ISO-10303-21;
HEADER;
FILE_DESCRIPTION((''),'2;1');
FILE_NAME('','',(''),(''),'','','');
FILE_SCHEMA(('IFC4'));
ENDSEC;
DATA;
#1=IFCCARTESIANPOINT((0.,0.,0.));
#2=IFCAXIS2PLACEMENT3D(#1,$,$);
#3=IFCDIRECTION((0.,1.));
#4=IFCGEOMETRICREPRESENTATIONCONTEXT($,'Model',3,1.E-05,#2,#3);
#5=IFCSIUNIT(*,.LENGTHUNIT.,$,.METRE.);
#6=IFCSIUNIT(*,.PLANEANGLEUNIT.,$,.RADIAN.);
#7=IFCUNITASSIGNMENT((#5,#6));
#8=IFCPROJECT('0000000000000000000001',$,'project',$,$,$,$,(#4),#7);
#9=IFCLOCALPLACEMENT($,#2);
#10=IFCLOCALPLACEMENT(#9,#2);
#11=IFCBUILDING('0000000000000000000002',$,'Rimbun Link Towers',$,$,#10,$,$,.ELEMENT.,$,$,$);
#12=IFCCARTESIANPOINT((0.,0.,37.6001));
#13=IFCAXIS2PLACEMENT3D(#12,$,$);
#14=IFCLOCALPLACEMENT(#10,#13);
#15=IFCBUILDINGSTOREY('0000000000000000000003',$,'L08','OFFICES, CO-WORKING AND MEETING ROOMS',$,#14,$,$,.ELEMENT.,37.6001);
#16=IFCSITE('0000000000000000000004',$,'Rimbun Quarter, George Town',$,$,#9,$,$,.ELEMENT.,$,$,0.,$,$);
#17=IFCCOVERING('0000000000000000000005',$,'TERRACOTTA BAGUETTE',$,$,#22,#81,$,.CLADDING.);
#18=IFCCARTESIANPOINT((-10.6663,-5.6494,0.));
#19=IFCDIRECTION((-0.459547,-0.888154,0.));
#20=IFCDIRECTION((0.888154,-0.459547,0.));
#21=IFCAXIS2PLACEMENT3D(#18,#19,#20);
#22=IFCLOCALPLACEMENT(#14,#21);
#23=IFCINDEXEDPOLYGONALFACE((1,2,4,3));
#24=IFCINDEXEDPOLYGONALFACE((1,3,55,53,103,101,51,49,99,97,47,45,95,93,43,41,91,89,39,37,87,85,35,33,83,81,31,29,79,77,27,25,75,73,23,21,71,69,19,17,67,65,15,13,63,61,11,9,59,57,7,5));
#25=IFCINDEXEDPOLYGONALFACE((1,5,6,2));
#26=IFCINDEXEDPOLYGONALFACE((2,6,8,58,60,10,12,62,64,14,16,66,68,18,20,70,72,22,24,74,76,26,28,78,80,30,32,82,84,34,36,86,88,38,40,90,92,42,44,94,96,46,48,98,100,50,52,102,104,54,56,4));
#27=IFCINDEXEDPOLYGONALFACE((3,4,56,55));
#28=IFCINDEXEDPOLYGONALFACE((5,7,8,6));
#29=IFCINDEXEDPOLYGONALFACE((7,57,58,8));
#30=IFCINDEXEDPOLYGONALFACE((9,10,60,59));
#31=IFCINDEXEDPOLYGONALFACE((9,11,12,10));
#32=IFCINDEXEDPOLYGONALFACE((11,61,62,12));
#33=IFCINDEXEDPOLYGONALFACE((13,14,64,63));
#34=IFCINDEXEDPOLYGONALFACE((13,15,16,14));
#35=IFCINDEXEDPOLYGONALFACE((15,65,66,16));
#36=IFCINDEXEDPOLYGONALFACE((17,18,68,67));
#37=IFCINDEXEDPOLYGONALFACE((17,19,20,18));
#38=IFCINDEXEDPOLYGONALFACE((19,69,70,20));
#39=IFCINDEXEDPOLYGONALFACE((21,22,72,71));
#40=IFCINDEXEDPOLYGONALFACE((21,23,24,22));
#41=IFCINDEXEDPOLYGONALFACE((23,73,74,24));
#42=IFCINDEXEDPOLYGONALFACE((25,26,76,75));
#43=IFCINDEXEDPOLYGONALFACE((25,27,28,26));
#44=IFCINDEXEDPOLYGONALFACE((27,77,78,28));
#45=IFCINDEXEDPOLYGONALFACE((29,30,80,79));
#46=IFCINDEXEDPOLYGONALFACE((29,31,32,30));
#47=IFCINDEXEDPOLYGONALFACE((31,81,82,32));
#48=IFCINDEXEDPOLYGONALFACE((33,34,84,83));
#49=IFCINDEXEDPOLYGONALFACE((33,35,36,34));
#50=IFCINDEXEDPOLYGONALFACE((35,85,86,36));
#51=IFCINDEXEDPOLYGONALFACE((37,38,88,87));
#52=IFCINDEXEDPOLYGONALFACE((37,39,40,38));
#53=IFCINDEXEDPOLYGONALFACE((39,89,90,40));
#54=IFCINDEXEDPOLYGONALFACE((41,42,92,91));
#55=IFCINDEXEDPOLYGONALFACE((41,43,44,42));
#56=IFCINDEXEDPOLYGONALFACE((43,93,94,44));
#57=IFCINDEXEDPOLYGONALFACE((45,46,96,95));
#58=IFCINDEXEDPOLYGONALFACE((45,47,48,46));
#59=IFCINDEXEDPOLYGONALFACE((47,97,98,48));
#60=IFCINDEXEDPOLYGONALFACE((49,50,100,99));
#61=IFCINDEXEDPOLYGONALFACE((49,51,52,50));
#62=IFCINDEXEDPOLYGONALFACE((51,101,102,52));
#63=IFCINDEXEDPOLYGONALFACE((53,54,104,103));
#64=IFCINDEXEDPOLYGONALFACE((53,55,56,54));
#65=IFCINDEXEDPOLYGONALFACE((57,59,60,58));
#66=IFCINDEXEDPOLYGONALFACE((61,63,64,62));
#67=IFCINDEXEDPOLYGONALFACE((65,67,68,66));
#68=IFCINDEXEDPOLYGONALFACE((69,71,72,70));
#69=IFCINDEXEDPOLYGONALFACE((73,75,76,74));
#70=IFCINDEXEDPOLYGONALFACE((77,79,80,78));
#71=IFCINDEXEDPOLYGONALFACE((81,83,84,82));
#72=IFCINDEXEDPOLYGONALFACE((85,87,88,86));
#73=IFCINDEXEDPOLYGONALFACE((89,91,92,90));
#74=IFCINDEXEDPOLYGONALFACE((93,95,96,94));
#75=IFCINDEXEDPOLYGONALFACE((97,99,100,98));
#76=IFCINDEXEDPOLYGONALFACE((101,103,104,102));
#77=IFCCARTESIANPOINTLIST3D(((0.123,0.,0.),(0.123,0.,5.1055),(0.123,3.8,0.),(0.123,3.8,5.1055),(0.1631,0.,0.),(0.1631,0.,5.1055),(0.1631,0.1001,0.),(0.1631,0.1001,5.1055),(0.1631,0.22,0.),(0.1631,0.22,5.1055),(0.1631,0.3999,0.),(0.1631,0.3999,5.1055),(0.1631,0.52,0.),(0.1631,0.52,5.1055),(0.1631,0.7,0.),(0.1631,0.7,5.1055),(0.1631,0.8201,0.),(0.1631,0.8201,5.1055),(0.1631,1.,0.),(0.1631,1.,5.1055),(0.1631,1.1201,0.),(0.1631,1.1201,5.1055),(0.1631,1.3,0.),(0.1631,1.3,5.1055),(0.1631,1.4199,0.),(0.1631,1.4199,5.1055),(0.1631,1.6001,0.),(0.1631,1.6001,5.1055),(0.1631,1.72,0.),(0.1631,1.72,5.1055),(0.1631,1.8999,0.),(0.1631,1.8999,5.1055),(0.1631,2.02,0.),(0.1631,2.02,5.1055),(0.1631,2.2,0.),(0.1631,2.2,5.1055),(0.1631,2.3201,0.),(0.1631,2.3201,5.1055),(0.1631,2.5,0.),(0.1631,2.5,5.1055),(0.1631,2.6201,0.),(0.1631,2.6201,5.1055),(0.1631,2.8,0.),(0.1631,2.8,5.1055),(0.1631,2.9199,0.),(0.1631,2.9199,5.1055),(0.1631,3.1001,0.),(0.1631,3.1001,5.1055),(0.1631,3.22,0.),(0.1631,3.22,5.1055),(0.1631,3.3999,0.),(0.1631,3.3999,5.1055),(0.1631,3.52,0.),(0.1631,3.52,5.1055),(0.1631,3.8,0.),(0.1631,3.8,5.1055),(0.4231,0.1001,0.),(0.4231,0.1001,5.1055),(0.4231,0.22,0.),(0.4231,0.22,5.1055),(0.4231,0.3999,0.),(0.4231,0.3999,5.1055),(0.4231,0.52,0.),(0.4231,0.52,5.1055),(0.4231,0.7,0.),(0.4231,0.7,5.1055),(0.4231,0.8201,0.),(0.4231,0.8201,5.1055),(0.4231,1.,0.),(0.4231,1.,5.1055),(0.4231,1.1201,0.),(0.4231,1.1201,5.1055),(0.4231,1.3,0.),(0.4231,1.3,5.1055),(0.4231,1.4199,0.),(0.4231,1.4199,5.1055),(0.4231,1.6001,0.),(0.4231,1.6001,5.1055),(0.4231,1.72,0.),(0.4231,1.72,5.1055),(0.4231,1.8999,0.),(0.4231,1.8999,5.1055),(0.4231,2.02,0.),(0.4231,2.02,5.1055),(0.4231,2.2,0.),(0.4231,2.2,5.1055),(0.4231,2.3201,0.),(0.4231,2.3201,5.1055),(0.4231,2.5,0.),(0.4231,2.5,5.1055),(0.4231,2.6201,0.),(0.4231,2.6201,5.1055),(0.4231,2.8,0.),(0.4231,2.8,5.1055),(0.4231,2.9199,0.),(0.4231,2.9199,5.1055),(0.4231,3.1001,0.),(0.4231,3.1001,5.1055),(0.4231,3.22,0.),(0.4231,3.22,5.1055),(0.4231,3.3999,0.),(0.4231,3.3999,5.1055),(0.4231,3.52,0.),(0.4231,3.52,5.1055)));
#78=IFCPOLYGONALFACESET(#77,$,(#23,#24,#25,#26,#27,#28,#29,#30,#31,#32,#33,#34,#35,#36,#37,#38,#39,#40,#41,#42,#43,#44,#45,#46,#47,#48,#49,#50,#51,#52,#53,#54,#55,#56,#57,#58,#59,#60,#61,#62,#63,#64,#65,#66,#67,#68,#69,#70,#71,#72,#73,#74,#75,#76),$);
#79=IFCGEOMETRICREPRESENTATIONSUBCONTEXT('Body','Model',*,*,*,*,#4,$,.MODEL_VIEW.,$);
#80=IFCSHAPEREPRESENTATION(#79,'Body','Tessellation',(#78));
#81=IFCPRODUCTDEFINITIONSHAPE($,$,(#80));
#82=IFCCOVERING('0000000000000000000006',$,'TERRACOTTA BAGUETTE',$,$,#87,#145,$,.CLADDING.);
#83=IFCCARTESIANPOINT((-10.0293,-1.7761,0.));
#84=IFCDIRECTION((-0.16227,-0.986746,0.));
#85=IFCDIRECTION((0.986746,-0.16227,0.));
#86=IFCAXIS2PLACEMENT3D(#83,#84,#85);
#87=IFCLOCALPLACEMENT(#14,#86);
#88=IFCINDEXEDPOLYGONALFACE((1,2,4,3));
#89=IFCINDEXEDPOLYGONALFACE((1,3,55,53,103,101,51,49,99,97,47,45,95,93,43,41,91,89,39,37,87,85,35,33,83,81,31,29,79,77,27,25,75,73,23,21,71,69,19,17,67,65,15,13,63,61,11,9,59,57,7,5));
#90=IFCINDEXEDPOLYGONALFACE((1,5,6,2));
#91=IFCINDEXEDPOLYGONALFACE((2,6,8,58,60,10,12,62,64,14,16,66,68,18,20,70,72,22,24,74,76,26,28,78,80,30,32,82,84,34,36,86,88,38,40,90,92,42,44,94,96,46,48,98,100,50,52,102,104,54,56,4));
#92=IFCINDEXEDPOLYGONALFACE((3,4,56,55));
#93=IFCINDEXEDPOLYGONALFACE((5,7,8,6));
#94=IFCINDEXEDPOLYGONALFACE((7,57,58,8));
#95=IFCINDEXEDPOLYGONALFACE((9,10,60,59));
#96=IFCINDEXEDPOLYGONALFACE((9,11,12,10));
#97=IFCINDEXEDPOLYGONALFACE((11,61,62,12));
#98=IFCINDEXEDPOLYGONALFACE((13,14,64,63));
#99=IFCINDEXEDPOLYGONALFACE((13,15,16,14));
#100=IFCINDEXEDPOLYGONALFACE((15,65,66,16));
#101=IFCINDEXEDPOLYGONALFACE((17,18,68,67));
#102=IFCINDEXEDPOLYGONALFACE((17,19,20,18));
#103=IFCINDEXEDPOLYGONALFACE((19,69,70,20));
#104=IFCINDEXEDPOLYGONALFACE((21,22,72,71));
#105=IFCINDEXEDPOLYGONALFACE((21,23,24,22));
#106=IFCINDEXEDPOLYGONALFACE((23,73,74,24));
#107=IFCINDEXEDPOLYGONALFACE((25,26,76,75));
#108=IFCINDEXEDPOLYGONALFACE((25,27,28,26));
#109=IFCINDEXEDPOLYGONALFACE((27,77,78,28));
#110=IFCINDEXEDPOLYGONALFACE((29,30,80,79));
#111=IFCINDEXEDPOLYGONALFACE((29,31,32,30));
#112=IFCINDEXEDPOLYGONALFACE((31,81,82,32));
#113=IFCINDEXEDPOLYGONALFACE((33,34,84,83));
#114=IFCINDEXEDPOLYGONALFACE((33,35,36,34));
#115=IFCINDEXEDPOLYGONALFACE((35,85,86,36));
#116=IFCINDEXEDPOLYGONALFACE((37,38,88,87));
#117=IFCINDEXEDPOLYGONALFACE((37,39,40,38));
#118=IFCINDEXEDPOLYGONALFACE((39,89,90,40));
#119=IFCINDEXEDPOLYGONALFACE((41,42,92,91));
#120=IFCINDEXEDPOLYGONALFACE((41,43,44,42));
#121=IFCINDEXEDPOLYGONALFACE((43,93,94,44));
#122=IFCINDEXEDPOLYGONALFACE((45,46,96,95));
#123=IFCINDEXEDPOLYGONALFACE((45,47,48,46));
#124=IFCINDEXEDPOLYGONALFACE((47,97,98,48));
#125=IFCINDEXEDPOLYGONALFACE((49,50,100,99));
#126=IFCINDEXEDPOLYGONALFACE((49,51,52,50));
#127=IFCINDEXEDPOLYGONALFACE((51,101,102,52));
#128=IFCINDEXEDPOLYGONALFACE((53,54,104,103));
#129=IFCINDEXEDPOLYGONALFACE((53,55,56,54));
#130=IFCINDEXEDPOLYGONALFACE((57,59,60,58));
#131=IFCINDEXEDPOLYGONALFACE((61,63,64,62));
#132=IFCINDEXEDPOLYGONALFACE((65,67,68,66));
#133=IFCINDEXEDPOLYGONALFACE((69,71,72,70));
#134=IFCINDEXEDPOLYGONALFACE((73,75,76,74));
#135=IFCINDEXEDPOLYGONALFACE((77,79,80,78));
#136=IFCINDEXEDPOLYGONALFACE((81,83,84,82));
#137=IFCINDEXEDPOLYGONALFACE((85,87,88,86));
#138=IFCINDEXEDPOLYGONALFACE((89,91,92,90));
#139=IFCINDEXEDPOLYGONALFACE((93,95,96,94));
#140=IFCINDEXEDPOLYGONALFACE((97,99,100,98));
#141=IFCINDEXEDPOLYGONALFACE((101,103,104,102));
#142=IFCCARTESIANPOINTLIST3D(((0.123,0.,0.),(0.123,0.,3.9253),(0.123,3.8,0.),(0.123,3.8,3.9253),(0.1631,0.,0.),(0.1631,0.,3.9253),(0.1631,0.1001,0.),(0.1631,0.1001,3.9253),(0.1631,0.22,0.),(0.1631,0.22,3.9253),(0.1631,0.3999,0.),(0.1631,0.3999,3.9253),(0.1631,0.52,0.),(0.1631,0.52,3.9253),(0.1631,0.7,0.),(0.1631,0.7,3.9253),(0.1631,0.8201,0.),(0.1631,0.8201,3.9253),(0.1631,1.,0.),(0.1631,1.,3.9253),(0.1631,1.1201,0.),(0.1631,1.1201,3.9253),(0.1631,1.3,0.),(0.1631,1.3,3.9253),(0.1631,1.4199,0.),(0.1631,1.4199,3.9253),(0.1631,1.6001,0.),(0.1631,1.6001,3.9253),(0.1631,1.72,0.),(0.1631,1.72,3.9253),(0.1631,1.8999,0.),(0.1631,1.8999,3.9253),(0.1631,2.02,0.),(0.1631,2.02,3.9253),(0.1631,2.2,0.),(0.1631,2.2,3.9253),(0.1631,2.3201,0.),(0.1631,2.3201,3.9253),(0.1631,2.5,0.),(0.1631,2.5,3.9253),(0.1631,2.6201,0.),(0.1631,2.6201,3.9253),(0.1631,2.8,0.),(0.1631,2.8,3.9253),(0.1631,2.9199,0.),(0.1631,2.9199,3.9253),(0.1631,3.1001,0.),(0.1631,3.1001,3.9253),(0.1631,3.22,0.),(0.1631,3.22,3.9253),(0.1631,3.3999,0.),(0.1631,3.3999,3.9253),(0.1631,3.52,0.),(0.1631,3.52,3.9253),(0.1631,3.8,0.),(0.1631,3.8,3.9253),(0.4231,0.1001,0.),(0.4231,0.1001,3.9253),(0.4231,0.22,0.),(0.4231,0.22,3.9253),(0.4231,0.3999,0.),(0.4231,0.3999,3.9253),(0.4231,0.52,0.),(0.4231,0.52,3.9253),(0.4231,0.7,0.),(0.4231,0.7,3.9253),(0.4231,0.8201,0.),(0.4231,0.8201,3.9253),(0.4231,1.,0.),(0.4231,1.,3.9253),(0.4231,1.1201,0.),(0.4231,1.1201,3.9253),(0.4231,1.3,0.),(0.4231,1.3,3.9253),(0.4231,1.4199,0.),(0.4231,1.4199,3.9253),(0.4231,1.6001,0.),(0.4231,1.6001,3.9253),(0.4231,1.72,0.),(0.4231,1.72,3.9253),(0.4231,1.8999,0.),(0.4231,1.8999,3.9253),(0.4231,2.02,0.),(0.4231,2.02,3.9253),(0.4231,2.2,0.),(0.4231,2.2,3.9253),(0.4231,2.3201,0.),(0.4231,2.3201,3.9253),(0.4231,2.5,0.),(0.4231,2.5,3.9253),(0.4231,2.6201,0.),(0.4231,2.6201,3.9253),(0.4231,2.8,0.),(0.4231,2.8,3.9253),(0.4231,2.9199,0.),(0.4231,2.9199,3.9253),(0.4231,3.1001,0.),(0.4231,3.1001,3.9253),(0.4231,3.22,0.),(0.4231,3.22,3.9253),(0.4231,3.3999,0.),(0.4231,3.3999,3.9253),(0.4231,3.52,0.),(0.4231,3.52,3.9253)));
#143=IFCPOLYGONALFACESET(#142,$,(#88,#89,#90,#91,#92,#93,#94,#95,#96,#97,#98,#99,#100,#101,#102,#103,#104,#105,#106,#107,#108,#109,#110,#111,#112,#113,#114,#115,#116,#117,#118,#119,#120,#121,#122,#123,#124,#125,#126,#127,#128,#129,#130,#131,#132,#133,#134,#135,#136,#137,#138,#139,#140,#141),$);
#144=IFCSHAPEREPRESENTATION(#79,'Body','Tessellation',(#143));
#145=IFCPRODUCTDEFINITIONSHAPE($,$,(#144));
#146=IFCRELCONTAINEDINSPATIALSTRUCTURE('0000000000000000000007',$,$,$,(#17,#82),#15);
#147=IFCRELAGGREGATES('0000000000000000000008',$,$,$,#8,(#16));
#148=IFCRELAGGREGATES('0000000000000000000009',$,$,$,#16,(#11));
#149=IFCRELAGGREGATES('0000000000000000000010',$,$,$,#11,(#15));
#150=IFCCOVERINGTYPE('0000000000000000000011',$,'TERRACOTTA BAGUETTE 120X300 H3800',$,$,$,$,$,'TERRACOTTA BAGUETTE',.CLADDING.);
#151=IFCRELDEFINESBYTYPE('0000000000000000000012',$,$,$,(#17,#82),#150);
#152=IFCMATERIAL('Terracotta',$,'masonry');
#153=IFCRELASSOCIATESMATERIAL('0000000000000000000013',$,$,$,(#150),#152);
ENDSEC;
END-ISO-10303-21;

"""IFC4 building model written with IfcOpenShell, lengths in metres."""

from ifc_helpers import new_model, si_unit, direction, frame, origin, place, context, subcontext, project, spatial, polyline, outline, extrude, material, material_profile, profile_set, type_object, element, save


model = new_model("IFC4")

# Units and contexts
model_context = context("Model", 3, precision=1e-05, world=origin(), true_north=direction((0.0, 1.0)))
body_context = subcontext(model_context, "Body", "Model", "MODEL_VIEW")
ifc_project = project(units=[si_unit("LENGTHUNIT", "METRE"), si_unit("PLANEANGLEUNIT", "RADIAN")], contexts=[model_context])

# Site, building, storey
site_placement = place(None, origin())
site = spatial("IfcSite", under=ifc_project, at=site_placement, Name="Rimbun Quarter, George Town", CompositionType="ELEMENT", RefElevation=0.0)
building_placement = place(site_placement, origin())
building = spatial("IfcBuilding", under=site, at=building_placement, Name="Rimbun Link Towers", CompositionType="ELEMENT")
storey_placement = place(building_placement, frame((0.0, 0.0, 37.6001)))
storey = spatial("IfcBuildingStorey", under=building, at=storey_placement, Name="L08", Description="OFFICES, CO-WORKING AND MEETING ROOMS", CompositionType="ELEMENT", Elevation=37.6001)

# Coverings
ifc_material_1 = material(Name="Terracotta", Category="masonry")
ifc_material_profile_1 = material_profile(ifc_material_1, outline(polyline([(0.123, 0.0), (0.1631, 0.0), (0.1631, 0.1001), (0.4231, 0.1001), (0.4231, 0.22), (0.1631, 0.22), (0.1631, 0.3999), (0.4231, 0.3999), (0.4231, 0.52), (0.1631, 0.52), (0.1631, 0.7), (0.4231, 0.7), (0.4231, 0.8201), (0.1631, 0.8201), (0.1631, 1.0), (0.4231, 1.0), (0.4231, 1.1201), (0.1631, 1.1201), (0.1631, 1.3), (0.4231, 1.3), (0.4231, 1.4199), (0.1631, 1.4199), (0.1631, 1.6001), (0.4231, 1.6001), (0.4231, 1.72), (0.1631, 1.72), (0.1631, 1.8999), (0.4231, 1.8999), (0.4231, 2.02), (0.1631, 2.02), (0.1631, 2.2), (0.4231, 2.2), (0.4231, 2.3201), (0.1631, 2.3201), (0.1631, 2.5), (0.4231, 2.5), (0.4231, 2.6201), (0.1631, 2.6201), (0.1631, 2.8), (0.4231, 2.8), (0.4231, 2.9199), (0.1631, 2.9199), (0.1631, 3.1001), (0.4231, 3.1001), (0.4231, 3.22), (0.1631, 3.22), (0.1631, 3.3999), (0.4231, 3.3999), (0.4231, 3.52), (0.1631, 3.52), (0.1631, 3.8), (0.123, 3.8), (0.123, 0.0)])), Name="BAGUETTE 120X300")
ifc_profile_set_1 = profile_set([ifc_material_profile_1], Name="Terracotta")
covering_type = type_object("IfcCoveringType", Name="TERRACOTTA BAGUETTE 120X300 H3800", ElementType="TERRACOTTA BAGUETTE", PredefinedType="CLADDING", material=ifc_profile_set_1)
covering_1_placement = place(storey_placement, frame((-10.6663, -5.6494, 0.0), z_axis=(-0.459547, -0.888154, 0.0), x_axis=(0.888154, -0.459547, 0.0)))
element("IfcCovering", 1, at=covering_1_placement, inside=storey, type_object=covering_type, Name="TERRACOTTA BAGUETTE", PredefinedType="CLADDING", context=body_context, shape_type="SweptSolid", body=[
    extrude(outline(polyline([(0.123, 0.0), (0.1631, 0.0), (0.1631, 0.1001), (0.4231, 0.1001), (0.4231, 0.22), (0.1631, 0.22), (0.1631, 0.3999), (0.4231, 0.3999), (0.4231, 0.52), (0.1631, 0.52), (0.1631, 0.7), (0.4231, 0.7), (0.4231, 0.8201), (0.1631, 0.8201), (0.1631, 1.0), (0.4231, 1.0), (0.4231, 1.1201), (0.1631, 1.1201), (0.1631, 1.3), (0.4231, 1.3), (0.4231, 1.4199), (0.1631, 1.4199), (0.1631, 1.6001), (0.4231, 1.6001), (0.4231, 1.72), (0.1631, 1.72), (0.1631, 1.8999), (0.4231, 1.8999), (0.4231, 2.02), (0.1631, 2.02), (0.1631, 2.2), (0.4231, 2.2), (0.4231, 2.3201), (0.1631, 2.3201), (0.1631, 2.5), (0.4231, 2.5), (0.4231, 2.6201), (0.1631, 2.6201), (0.1631, 2.8), (0.4231, 2.8), (0.4231, 2.9199), (0.1631, 2.9199), (0.1631, 3.1001), (0.4231, 3.1001), (0.4231, 3.22), (0.1631, 3.22), (0.1631, 3.3999), (0.4231, 3.3999), (0.4231, 3.52), (0.1631, 3.52), (0.1631, 3.8), (0.123, 3.8), (0.123, 0.0)])), origin(), (0.0, 0.0, 1.0), 5.1055),
])
covering_2_placement = place(storey_placement, frame((-10.0293, -1.7761, 0.0), z_axis=(-0.16227, -0.986746, 0.0), x_axis=(0.986746, -0.16227, 0.0)))
element("IfcCovering", 2, at=covering_2_placement, inside=storey, type_object=covering_type, Name="TERRACOTTA BAGUETTE", PredefinedType="CLADDING", context=body_context, shape_type="SweptSolid", body=[
    extrude(outline(polyline([(0.123, 0.0), (0.1631, 0.0), (0.1631, 0.1001), (0.4231, 0.1001), (0.4231, 0.22), (0.1631, 0.22), (0.1631, 0.3999), (0.4231, 0.3999), (0.4231, 0.52), (0.1631, 0.52), (0.1631, 0.7), (0.4231, 0.7), (0.4231, 0.8201), (0.1631, 0.8201), (0.1631, 1.0), (0.4231, 1.0), (0.4231, 1.1201), (0.1631, 1.1201), (0.1631, 1.3), (0.4231, 1.3), (0.4231, 1.4199), (0.1631, 1.4199), (0.1631, 1.6001), (0.4231, 1.6001), (0.4231, 1.72), (0.1631, 1.72), (0.1631, 1.8999), (0.4231, 1.8999), (0.4231, 2.02), (0.1631, 2.02), (0.1631, 2.2), (0.4231, 2.2), (0.4231, 2.3201), (0.1631, 2.3201), (0.1631, 2.5), (0.4231, 2.5), (0.4231, 2.6201), (0.1631, 2.6201), (0.1631, 2.8), (0.4231, 2.8), (0.4231, 2.9199), (0.1631, 2.9199), (0.1631, 3.1001), (0.4231, 3.1001), (0.4231, 3.22), (0.1631, 3.22), (0.1631, 3.3999), (0.4231, 3.3999), (0.4231, 3.52), (0.1631, 3.52), (0.1631, 3.8), (0.123, 3.8), (0.123, 0.0)])), origin(), (0.0, 0.0, 1.0), 3.9253),
])

save(model, "model.ifc")
